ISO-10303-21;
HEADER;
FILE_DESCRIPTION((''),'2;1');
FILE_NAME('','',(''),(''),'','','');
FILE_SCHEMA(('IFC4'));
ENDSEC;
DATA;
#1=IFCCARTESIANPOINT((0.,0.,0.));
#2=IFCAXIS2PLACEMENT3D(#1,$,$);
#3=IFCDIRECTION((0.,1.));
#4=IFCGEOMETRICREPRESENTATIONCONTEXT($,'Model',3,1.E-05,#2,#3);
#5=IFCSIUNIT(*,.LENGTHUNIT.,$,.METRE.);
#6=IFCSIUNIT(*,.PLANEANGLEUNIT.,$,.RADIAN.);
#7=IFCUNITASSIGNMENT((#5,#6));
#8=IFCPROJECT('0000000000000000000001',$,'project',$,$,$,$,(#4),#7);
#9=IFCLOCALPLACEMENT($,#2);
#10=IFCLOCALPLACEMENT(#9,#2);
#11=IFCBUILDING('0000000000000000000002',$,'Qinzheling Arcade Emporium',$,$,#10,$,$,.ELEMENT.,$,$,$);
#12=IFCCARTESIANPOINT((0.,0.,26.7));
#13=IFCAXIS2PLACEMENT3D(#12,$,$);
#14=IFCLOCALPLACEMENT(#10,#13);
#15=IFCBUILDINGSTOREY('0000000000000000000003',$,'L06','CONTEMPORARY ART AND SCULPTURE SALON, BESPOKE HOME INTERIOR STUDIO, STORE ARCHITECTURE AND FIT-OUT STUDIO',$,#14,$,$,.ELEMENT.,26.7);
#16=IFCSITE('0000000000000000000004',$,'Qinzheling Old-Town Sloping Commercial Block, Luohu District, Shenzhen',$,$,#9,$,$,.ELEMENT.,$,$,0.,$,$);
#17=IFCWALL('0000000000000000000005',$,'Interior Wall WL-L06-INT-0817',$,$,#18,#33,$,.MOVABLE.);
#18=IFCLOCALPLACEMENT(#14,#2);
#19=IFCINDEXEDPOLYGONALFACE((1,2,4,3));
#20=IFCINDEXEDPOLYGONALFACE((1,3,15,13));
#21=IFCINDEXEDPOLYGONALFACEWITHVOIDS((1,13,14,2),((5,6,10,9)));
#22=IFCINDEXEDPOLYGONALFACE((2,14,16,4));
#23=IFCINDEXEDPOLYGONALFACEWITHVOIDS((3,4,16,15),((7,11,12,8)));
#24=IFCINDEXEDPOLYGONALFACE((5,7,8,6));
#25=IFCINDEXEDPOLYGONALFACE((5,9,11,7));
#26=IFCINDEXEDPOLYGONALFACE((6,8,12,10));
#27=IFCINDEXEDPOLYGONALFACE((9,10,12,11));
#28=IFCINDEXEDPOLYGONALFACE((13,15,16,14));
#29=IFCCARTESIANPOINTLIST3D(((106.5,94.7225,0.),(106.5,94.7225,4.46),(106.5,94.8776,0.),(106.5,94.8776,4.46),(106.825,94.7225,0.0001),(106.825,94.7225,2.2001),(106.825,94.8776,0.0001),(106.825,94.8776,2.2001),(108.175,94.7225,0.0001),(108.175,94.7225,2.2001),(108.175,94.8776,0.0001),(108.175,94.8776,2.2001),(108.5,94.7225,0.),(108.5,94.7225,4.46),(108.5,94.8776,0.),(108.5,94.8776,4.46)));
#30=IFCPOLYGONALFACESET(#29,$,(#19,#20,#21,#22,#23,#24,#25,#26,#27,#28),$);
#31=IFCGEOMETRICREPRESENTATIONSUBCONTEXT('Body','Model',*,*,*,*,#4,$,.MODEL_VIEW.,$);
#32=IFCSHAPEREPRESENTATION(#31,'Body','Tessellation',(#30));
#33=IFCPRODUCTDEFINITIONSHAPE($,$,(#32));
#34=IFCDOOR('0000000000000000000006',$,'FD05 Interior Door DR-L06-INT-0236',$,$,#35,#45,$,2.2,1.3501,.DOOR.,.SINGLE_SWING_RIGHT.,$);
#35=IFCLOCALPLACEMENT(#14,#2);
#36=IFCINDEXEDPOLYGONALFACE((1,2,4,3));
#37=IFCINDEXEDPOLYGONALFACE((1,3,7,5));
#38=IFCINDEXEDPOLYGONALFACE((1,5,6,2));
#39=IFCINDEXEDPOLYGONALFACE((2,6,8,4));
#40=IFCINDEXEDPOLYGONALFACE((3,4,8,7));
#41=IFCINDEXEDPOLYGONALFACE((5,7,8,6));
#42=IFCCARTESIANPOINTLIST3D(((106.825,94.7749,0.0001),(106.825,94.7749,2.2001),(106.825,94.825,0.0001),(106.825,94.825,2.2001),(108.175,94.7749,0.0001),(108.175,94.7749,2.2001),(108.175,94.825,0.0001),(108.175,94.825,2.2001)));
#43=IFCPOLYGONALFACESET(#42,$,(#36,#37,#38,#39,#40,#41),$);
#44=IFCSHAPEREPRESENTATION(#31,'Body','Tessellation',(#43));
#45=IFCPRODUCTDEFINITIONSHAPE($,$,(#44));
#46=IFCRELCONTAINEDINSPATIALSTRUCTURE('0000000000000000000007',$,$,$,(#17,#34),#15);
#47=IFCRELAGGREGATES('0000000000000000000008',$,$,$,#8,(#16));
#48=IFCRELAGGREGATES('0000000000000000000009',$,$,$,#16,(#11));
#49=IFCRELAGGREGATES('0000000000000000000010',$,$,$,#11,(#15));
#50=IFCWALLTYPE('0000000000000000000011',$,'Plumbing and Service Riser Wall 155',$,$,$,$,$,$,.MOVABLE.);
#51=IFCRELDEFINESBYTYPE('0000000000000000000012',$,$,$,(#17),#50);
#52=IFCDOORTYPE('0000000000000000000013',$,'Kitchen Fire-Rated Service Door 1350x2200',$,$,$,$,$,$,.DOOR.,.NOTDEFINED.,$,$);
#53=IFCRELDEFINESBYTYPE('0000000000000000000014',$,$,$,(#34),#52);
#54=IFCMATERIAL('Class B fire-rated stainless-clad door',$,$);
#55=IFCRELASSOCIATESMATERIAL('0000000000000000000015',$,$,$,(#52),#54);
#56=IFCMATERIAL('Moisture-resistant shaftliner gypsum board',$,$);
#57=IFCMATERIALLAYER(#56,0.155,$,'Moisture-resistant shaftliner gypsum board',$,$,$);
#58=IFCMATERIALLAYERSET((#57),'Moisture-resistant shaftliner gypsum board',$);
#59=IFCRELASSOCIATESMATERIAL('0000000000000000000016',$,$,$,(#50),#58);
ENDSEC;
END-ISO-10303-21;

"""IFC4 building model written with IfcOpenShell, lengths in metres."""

from ifc_helpers import new_model, si_unit, direction, frame, frame_2d, origin, place, context, subcontext, project, spatial, rectangle, extrude, material, layer, layer_set, type_object, element, fill, save


model = new_model("IFC4")

# Units and contexts
model_context = context("Model", 3, precision=1e-05, world=origin(), true_north=direction((0.0, 1.0)))
body_context = subcontext(model_context, "Body", "Model", "MODEL_VIEW")
ifc_project = project(units=[si_unit("LENGTHUNIT", "METRE"), si_unit("PLANEANGLEUNIT", "RADIAN")], contexts=[model_context])

# Site, building, storey
site_placement = place(None, origin())
site = spatial("IfcSite", under=ifc_project, at=site_placement, Name="Qinzheling Old-Town Sloping Commercial Block, Luohu District, Shenzhen", CompositionType="ELEMENT", RefElevation=0.0)
building_placement = place(site_placement, origin())
building = spatial("IfcBuilding", under=site, at=building_placement, Name="Qinzheling Arcade Emporium", CompositionType="ELEMENT")
storey_placement = place(building_placement, frame((0.0, 0.0, 26.7)))
storey = spatial("IfcBuildingStorey", under=building, at=storey_placement, Name="L06", Description="CONTEMPORARY ART AND SCULPTURE SALON, BESPOKE HOME INTERIOR STUDIO, STORE ARCHITECTURE AND FIT-OUT STUDIO", CompositionType="ELEMENT", Elevation=26.7)

# Shared definitions
ifc_material_1 = material(Name="Class B fire-rated stainless-clad door")
door_type_1 = type_object("IfcDoorType", Name="Kitchen Fire-Rated Service Door 1350x2200", OperationType="NOTDEFINED", PredefinedType="DOOR", material=ifc_material_1)

# Shared definitions
ifc_material_2 = material(Name="Moisture-resistant shaftliner gypsum board")
ifc_layer_1 = layer(ifc_material_2, 0.155, Name="Moisture-resistant shaftliner gypsum board")
ifc_layer_set_1 = layer_set([ifc_layer_1], Name="Moisture-resistant shaftliner gypsum board")
wall_type_1 = type_object("IfcWallType", Name="Plumbing and Service Riser Wall 155", PredefinedType="MOVABLE", material=ifc_layer_set_1)

# Wall, opening, door
wall_1_placement = place(storey_placement, frame((106.5, 94.8, 0.0), z_axis=(0.0, 0.0, 1.0), x_axis=(1.0, 0.0, 0.0)))
wall_1 = element("IfcWall", 1, at=wall_1_placement, inside=storey, type_object=wall_type_1, Name="Interior Wall WL-L06-INT-0817", PredefinedType="MOVABLE", context=body_context, shape_type="SweptSolid", body=[
    extrude(rectangle(XDim=2.0, YDim=0.155, at=frame_2d((1.0, 0.0))), origin(), (0.0, 0.0, 1.0), 4.46),
])
opening_1_placement = place(wall_1_placement, frame((0.325, 0.0, 0.0)))
opening_1 = element("IfcOpeningElement", 2, at=opening_1_placement, cuts=wall_1, PredefinedType="OPENING", context=body_context, shape_type="SweptSolid", body=[
    extrude(rectangle(XDim=1.3501, YDim=2.2, at=frame_2d((0.675, 1.1001))), frame((0.0, 0.0874, 0.0), z_axis=(0.0, -1.0, 0.0), x_axis=(1.0, 0.0, 0.0)), (0.0, 0.0, 1.0), 0.175),
])
door_1_placement = place(opening_1_placement, origin())
door_1 = element("IfcDoor", 3, at=door_1_placement, inside=storey, type_object=door_type_1, Name="FD05 Interior Door DR-L06-INT-0236", OperationType="SINGLE_SWING_RIGHT", OverallHeight=2.2, OverallWidth=1.3501, PredefinedType="DOOR", context=body_context, shape_type="SweptSolid", body=[
    extrude(rectangle(XDim=1.3501, YDim=2.2, at=frame_2d((0.675, 1.1001))), frame((0.0, 0.0249, 0.0), z_axis=(0.0, -1.0, 0.0), x_axis=(1.0, 0.0, 0.0)), (0.0, 0.0, 1.0), 0.05),
])
fill(opening_1, door_1)

save(model, "model.ifc")
